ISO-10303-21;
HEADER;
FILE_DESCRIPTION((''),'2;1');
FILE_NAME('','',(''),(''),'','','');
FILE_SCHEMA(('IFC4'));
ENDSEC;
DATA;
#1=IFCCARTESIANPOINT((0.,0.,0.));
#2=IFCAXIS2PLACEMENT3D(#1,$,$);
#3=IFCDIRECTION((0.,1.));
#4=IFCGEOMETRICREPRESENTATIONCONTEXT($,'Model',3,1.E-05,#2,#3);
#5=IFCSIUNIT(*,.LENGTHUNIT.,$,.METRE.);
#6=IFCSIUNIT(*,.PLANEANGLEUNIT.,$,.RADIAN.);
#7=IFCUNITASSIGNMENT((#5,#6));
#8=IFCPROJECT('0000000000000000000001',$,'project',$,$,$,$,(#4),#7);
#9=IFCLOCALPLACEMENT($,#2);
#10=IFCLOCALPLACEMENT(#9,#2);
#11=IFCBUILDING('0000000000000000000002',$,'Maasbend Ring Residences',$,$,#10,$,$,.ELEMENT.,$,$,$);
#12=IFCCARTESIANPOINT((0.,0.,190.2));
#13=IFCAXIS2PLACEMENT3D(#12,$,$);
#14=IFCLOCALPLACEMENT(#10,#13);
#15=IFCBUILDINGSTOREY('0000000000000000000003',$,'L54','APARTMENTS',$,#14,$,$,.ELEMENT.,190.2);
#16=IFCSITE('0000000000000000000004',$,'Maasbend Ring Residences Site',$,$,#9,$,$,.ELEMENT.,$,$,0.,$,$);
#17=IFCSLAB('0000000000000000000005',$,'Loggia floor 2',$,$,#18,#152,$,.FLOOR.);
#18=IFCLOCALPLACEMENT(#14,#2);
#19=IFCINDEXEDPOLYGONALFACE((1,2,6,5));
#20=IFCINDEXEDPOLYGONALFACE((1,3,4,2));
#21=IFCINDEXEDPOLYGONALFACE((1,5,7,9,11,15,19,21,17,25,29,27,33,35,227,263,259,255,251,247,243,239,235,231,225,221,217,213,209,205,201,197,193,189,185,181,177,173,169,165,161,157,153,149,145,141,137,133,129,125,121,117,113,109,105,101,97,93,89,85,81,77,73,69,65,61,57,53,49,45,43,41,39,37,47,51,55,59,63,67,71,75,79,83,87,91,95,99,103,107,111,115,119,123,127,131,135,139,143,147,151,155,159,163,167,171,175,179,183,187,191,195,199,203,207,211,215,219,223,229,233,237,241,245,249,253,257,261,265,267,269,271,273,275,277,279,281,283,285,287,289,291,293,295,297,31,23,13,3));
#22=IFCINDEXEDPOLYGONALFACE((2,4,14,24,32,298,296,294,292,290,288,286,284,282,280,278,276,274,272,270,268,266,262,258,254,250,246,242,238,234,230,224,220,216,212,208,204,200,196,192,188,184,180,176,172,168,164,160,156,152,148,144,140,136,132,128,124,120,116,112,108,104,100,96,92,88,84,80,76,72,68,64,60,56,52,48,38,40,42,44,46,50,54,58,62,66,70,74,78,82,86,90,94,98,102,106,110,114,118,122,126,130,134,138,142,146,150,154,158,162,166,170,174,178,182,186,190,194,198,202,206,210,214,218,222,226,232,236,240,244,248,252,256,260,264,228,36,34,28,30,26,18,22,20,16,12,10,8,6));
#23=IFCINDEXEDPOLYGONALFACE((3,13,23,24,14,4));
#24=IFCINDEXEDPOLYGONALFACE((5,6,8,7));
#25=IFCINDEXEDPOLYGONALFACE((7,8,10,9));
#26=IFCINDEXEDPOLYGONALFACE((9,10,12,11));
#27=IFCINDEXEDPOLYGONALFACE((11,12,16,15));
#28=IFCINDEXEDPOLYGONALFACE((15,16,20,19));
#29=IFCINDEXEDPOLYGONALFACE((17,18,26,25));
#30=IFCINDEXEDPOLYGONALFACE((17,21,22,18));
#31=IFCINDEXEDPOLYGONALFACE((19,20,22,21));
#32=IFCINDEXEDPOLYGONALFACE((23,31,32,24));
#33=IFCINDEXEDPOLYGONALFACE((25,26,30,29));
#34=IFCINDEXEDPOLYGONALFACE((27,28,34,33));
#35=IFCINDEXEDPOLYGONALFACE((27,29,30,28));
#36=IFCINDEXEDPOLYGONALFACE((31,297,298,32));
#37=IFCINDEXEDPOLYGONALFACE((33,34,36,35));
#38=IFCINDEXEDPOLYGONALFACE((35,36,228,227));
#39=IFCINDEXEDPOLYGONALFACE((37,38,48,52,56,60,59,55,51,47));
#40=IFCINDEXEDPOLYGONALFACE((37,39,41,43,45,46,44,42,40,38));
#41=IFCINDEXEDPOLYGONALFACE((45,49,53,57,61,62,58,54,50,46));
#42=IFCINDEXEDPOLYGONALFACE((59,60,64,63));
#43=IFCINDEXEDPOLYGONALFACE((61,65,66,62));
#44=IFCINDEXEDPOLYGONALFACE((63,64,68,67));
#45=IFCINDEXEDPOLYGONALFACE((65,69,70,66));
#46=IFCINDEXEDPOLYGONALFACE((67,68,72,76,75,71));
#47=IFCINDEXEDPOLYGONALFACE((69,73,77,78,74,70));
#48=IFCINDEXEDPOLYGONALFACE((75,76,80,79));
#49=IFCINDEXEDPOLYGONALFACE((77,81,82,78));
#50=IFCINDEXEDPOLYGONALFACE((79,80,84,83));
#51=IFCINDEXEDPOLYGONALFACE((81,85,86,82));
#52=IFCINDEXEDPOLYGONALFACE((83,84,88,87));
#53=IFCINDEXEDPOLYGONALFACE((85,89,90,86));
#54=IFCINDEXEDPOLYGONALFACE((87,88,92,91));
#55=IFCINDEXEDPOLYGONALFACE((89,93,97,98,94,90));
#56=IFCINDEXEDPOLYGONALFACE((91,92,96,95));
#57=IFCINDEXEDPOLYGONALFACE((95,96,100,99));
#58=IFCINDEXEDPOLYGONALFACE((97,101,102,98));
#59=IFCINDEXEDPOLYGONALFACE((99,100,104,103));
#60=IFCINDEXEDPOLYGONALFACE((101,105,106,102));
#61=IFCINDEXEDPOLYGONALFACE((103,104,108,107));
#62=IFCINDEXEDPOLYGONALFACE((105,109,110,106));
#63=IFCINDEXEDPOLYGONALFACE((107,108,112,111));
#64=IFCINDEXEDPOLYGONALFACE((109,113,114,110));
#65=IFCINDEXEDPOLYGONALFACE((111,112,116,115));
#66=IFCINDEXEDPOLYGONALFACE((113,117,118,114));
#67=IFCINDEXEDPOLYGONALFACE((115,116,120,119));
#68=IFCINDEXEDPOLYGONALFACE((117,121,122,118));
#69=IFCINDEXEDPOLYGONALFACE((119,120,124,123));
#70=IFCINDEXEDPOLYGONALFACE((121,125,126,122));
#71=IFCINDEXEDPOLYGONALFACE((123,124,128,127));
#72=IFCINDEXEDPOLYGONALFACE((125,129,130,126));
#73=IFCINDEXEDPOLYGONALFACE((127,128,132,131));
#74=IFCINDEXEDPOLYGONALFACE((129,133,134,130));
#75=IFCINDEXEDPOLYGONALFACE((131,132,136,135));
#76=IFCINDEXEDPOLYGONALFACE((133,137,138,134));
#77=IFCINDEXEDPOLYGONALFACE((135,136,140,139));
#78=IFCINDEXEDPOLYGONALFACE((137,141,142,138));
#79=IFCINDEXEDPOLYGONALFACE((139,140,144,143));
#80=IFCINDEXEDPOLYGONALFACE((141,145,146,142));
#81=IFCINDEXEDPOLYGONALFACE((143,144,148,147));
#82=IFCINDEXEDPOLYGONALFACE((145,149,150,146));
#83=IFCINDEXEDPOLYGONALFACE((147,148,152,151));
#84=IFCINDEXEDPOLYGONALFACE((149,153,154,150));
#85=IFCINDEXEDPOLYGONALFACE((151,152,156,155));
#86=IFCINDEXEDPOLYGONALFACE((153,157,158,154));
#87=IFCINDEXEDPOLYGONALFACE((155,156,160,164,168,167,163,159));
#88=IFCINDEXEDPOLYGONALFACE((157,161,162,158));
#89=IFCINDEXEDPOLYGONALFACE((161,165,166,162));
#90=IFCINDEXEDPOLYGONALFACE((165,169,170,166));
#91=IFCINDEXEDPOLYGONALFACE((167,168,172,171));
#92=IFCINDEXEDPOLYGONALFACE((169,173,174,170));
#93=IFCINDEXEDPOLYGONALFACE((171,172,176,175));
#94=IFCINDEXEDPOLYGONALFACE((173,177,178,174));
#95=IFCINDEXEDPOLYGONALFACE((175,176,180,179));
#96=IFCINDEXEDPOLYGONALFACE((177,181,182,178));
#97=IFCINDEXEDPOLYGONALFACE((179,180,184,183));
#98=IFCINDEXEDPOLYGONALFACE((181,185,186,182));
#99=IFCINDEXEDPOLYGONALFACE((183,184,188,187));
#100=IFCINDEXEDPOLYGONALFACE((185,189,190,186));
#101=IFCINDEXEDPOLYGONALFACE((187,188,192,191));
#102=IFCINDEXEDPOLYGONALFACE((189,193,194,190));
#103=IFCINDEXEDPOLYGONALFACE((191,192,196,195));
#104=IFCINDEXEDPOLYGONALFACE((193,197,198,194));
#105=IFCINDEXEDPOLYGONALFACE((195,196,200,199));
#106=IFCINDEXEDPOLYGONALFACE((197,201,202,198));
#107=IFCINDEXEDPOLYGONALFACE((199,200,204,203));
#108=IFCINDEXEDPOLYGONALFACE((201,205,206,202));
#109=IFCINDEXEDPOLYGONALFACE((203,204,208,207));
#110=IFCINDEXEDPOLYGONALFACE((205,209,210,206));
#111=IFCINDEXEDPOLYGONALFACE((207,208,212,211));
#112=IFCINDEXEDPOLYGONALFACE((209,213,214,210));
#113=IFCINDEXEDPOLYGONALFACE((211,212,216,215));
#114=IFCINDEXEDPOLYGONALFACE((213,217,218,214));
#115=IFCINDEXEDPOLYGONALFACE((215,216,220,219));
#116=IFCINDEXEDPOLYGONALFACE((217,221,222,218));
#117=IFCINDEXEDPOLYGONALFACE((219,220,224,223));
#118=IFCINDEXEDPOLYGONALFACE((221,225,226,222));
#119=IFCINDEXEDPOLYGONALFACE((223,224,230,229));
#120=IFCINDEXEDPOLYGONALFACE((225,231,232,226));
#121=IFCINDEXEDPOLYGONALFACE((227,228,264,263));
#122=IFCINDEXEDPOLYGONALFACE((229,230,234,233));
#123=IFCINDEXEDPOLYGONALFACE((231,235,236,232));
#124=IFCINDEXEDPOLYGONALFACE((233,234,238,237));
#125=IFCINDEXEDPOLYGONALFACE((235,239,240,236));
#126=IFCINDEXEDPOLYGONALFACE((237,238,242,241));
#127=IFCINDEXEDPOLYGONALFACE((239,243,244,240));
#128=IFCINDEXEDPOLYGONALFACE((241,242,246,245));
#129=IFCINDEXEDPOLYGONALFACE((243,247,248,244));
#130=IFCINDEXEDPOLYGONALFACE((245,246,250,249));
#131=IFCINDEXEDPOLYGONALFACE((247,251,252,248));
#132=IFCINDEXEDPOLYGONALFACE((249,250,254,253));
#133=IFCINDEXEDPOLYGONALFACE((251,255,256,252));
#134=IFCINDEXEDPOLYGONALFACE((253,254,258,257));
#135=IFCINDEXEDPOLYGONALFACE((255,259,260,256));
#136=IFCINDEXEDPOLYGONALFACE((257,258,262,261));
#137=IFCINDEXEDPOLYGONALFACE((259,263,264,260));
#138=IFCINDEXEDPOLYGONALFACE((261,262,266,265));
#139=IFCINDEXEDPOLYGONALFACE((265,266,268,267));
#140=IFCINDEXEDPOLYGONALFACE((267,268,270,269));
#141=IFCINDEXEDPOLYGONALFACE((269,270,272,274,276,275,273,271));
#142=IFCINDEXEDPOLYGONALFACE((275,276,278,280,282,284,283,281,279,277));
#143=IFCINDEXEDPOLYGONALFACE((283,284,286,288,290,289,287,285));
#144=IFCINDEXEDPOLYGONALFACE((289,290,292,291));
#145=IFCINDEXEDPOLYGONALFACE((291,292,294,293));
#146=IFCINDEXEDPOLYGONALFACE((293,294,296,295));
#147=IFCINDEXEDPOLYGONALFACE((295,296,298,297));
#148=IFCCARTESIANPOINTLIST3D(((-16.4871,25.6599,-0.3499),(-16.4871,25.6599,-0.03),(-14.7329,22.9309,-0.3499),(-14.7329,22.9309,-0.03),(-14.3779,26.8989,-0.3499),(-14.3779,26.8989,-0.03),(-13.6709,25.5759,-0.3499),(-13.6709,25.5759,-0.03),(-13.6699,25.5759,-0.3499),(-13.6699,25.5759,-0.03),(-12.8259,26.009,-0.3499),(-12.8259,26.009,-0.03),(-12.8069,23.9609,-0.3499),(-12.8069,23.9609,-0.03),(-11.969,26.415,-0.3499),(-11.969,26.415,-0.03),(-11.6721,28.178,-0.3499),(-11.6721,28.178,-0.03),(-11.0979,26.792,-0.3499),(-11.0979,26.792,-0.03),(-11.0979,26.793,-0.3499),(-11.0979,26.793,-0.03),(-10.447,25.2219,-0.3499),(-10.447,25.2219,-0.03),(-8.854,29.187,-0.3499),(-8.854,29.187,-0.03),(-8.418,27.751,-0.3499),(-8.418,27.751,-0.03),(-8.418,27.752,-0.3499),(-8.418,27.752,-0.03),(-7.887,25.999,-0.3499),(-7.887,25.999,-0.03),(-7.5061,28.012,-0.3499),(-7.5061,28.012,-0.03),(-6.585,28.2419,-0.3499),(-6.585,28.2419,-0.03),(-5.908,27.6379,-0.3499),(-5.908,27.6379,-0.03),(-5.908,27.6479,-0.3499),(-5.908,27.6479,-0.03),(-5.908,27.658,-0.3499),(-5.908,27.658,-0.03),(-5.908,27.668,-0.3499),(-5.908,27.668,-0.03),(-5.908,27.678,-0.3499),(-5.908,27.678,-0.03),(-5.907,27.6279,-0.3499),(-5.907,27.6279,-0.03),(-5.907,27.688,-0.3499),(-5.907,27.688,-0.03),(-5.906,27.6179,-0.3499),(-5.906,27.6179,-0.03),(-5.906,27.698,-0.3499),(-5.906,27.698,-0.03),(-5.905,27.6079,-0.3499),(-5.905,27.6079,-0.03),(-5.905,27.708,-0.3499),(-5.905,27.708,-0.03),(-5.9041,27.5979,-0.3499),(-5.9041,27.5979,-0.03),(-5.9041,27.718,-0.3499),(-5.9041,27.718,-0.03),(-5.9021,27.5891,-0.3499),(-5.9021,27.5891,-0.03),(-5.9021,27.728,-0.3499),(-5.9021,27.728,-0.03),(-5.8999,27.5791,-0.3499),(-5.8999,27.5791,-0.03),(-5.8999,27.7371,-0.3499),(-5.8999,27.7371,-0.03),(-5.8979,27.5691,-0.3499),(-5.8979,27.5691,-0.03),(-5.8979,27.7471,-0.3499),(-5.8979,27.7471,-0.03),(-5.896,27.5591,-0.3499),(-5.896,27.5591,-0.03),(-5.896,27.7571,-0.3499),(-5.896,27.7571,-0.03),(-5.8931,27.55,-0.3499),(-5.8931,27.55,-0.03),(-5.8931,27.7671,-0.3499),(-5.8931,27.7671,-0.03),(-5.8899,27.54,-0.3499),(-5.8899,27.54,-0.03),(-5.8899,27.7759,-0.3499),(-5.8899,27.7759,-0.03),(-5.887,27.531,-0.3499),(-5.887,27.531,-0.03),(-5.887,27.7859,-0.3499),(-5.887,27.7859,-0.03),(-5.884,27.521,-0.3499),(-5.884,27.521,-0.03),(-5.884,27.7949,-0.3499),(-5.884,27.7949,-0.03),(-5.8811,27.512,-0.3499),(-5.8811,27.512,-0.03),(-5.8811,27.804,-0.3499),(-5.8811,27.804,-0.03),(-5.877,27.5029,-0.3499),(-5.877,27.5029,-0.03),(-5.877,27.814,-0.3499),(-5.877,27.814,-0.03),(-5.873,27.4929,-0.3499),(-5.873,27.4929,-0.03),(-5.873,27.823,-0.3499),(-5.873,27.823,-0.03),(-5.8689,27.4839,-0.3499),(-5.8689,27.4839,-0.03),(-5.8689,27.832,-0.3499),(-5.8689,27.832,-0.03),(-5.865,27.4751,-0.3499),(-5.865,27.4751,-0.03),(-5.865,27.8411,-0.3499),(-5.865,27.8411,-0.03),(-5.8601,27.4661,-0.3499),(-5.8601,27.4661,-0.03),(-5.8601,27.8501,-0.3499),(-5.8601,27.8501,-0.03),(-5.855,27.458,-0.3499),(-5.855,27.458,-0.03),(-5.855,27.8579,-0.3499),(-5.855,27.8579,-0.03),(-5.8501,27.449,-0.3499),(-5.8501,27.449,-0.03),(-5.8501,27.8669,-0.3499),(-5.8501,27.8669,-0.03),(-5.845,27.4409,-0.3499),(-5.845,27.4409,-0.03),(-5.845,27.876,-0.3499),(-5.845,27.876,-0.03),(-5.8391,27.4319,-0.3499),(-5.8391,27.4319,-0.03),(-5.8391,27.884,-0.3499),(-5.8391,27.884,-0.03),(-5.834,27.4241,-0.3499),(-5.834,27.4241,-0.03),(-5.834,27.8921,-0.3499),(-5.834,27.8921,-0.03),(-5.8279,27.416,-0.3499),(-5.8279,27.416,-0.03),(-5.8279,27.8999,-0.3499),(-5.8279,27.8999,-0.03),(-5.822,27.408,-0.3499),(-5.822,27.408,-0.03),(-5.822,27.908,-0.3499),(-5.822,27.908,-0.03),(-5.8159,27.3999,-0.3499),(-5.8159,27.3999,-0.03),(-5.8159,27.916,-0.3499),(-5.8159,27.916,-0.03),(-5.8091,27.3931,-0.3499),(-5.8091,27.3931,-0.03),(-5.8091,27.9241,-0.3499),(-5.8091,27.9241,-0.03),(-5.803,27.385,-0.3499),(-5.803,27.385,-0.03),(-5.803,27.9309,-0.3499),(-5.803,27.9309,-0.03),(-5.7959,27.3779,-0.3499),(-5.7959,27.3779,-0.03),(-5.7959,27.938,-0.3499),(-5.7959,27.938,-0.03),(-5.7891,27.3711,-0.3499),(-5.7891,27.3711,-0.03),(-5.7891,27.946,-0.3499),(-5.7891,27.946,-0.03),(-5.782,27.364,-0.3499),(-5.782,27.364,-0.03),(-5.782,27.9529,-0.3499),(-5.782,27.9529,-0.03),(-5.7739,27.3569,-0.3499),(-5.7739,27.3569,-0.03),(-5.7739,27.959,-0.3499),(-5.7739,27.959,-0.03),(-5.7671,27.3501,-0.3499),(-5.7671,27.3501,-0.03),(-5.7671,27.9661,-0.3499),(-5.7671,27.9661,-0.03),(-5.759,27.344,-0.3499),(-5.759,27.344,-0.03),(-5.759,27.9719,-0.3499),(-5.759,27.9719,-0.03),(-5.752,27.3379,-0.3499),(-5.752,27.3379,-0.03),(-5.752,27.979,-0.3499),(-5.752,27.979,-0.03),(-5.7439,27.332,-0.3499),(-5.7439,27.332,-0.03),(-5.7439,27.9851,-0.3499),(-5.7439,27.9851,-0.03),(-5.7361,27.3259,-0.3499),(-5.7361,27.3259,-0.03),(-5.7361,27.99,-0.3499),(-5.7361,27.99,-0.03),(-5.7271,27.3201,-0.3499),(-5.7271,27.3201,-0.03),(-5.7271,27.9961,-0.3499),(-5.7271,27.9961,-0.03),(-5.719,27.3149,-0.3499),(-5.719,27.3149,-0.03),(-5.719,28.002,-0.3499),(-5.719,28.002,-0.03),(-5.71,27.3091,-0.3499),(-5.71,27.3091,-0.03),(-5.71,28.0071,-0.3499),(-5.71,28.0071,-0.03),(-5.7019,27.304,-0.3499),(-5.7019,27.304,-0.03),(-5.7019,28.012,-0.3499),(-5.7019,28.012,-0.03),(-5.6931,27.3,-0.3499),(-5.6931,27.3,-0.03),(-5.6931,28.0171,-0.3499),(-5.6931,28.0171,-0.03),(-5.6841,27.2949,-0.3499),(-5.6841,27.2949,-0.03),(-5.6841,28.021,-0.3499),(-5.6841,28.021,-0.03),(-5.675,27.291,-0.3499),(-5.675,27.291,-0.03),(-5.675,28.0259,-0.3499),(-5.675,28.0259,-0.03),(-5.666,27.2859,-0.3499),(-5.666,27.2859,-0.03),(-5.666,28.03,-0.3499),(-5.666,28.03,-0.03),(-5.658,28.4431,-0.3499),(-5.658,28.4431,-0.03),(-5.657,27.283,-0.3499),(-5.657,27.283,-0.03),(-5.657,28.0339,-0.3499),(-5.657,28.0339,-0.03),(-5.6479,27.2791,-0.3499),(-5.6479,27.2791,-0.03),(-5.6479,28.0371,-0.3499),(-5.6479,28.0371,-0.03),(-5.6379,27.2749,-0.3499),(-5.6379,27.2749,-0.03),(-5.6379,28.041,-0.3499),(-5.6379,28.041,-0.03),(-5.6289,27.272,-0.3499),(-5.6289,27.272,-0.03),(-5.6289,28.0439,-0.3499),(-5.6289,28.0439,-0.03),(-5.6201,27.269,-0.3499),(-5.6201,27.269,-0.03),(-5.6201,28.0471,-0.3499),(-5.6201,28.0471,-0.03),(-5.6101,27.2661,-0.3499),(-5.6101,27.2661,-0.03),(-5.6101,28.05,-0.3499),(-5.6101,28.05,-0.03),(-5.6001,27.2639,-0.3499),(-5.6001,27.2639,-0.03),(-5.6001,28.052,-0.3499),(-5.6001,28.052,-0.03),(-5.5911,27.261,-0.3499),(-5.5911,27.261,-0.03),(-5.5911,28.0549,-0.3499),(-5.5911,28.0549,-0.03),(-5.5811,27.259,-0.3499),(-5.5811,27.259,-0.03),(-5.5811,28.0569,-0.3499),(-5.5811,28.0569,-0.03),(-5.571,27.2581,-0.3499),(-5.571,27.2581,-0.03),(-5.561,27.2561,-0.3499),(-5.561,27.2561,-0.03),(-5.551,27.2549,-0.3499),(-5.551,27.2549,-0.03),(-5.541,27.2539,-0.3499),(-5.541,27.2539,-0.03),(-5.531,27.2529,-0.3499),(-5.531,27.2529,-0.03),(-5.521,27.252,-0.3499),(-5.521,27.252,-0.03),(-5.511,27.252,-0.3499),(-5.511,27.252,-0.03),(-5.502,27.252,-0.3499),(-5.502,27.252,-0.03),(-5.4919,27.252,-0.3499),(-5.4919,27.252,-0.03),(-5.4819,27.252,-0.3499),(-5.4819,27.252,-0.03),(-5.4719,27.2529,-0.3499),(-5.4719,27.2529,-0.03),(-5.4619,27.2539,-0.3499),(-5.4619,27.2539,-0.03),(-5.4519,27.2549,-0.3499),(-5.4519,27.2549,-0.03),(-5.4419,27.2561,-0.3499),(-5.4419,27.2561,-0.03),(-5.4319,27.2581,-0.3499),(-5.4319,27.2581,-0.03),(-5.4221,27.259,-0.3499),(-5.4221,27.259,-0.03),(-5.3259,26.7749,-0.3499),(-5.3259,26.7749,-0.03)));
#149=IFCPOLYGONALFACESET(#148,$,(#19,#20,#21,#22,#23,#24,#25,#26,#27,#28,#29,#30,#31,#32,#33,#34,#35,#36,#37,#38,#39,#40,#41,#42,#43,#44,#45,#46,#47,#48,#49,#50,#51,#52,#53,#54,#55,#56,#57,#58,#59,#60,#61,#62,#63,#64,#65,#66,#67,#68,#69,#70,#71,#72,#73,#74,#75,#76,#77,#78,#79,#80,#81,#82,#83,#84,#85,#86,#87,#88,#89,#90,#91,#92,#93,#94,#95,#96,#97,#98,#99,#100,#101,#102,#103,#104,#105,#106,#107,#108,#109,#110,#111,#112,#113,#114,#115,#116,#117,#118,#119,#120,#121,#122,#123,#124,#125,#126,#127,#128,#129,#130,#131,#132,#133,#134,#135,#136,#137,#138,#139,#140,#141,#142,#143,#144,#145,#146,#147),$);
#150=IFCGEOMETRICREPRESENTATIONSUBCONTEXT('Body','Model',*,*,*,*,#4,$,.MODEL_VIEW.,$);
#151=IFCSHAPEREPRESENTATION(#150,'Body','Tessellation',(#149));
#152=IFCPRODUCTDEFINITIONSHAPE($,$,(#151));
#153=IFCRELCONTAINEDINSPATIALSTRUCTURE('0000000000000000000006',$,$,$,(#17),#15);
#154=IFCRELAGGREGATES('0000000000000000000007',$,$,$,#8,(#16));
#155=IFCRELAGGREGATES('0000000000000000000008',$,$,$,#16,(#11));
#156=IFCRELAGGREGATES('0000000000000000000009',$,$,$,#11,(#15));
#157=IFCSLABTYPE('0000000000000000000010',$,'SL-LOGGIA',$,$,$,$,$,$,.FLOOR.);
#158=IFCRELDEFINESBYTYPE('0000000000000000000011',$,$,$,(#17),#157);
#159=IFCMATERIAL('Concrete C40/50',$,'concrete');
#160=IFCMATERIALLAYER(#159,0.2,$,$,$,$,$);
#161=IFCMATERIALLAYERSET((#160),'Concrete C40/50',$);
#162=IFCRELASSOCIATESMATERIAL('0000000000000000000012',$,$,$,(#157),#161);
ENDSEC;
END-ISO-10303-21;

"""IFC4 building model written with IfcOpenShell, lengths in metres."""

from ifc_helpers import new_model, si_unit, direction, frame, origin, place, context, subcontext, project, spatial, polyline, outline, extrude, material, layer, layer_set, type_object, element, save


model = new_model("IFC4")

# Units and contexts
model_context = context("Model", 3, precision=1e-05, world=origin(), true_north=direction((0.0, 1.0)))
body_context = subcontext(model_context, "Body", "Model", "MODEL_VIEW")
ifc_project = project(units=[si_unit("LENGTHUNIT", "METRE"), si_unit("PLANEANGLEUNIT", "RADIAN")], contexts=[model_context])

# Site, building, storey
site_placement = place(None, origin())
site = spatial("IfcSite", under=ifc_project, at=site_placement, Name="Maasbend Ring Residences Site", CompositionType="ELEMENT", RefElevation=0.0)
building_placement = place(site_placement, origin())
building = spatial("IfcBuilding", under=site, at=building_placement, Name="Maasbend Ring Residences", CompositionType="ELEMENT")
storey_placement = place(building_placement, frame((0.0, 0.0, 190.2)))
storey = spatial("IfcBuildingStorey", under=building, at=storey_placement, Name="L54", Description="APARTMENTS", CompositionType="ELEMENT", Elevation=190.2)

# Slab
ifc_material_1 = material(Name="Concrete C40/50", Category="concrete")
ifc_layer_1 = layer(ifc_material_1, 0.2)
ifc_layer_set_1 = layer_set([ifc_layer_1], Name="Concrete C40/50")
slab_type_1 = type_object("IfcSlabType", Name="SL-LOGGIA", PredefinedType="FLOOR", material=ifc_layer_set_1)
slab_1_placement = place(storey_placement, frame((0.0, 0.0, -0.3499)))
element("IfcSlab", 1, at=slab_1_placement, inside=storey, type_object=slab_type_1, Name="Loggia floor 2", PredefinedType="FLOOR", context=body_context, shape_type="SweptSolid", body=[
    extrude(outline(polyline([(-13.6709, 25.5759), (-13.6709, 25.5759), (-13.6709, 25.5759), (-13.6709, 25.5759), (-13.6709, 25.5759), (-13.6709, 25.5759), (-13.6709, 25.5759), (-13.6699, 25.5759), (-13.6699, 25.5759), (-13.6699, 25.5759), (-13.6699, 25.5759), (-13.6699, 25.5759), (-13.6699, 25.5759), (-13.6699, 25.5759), (-13.6699, 25.5759), (-13.6699, 25.5759), (-13.6699, 25.5759), (-12.8259, 26.009), (-12.8259, 26.009), (-11.969, 26.415), (-11.969, 26.415), (-11.0979, 26.792), (-11.0979, 26.792), (-11.0979, 26.792), (-11.0979, 26.792), (-11.0979, 26.792), (-11.0979, 26.792), (-11.0979, 26.792), (-11.0979, 26.793), (-11.0979, 26.793), (-11.0979, 26.793), (-11.0979, 26.793), (-11.0979, 26.793), (-11.0979, 26.793), (-11.0979, 26.793), (-11.0979, 26.793), (-11.0979, 26.793), (-11.0979, 26.793), (-11.6721, 28.178), (-11.6721, 28.178), (-11.6721, 28.178), (-8.854, 29.187), (-8.854, 29.187), (-8.854, 29.187), (-8.418, 27.752), (-8.418, 27.752), (-8.418, 27.752), (-8.418, 27.752), (-8.418, 27.752), (-8.418, 27.752), (-8.418, 27.752), (-8.418, 27.751), (-8.418, 27.751), (-8.418, 27.751), (-8.418, 27.751), (-8.418, 27.751), (-8.418, 27.751), (-8.418, 27.751), (-8.418, 27.751), (-8.418, 27.751), (-8.418, 27.751), (-7.5061, 28.012), (-7.5061, 28.012), (-6.585, 28.2419), (-6.585, 28.2419), (-5.658, 28.4431), (-5.658, 28.4431), (-5.658, 28.4431), (-5.5811, 28.0569), (-5.5911, 28.0549), (-5.6001, 28.052), (-5.6101, 28.05), (-5.6201, 28.0471), (-5.6289, 28.0439), (-5.6379, 28.041), (-5.6479, 28.0371), (-5.657, 28.0339), (-5.666, 28.03), (-5.675, 28.0259), (-5.6841, 28.021), (-5.6931, 28.0171), (-5.7019, 28.012), (-5.71, 28.0071), (-5.719, 28.002), (-5.7271, 27.9961), (-5.7361, 27.99), (-5.7439, 27.9851), (-5.752, 27.979), (-5.759, 27.9719), (-5.7671, 27.9661), (-5.7739, 27.959), (-5.782, 27.9529), (-5.7891, 27.946), (-5.7959, 27.938), (-5.803, 27.9309), (-5.8091, 27.9241), (-5.8159, 27.916), (-5.822, 27.908), (-5.8279, 27.8999), (-5.834, 27.8921), (-5.8391, 27.884), (-5.845, 27.876), (-5.8501, 27.8669), (-5.855, 27.8579), (-5.8601, 27.8501), (-5.865, 27.8411), (-5.8689, 27.832), (-5.873, 27.823), (-5.877, 27.814), (-5.8811, 27.804), (-5.884, 27.7949), (-5.887, 27.7859), (-5.8899, 27.7759), (-5.8931, 27.7671), (-5.896, 27.7571), (-5.8979, 27.7471), (-5.8999, 27.7371), (-5.9021, 27.728), (-5.9041, 27.718), (-5.905, 27.708), (-5.906, 27.698), (-5.907, 27.688), (-5.908, 27.678), (-5.908, 27.668), (-5.908, 27.658), (-5.908, 27.6479), (-5.908, 27.6379), (-5.907, 27.6279), (-5.906, 27.6179), (-5.905, 27.6079), (-5.9041, 27.5979), (-5.9021, 27.5891), (-5.8999, 27.5791), (-5.8979, 27.5691), (-5.896, 27.5591), (-5.8931, 27.55), (-5.8899, 27.54), (-5.887, 27.531), (-5.884, 27.521), (-5.8811, 27.512), (-5.877, 27.5029), (-5.873, 27.4929), (-5.8689, 27.4839), (-5.865, 27.4751), (-5.8601, 27.4661), (-5.855, 27.458), (-5.8501, 27.449), (-5.845, 27.4409), (-5.8391, 27.4319), (-5.834, 27.4241), (-5.8279, 27.416), (-5.822, 27.408), (-5.8159, 27.3999), (-5.8091, 27.3931), (-5.803, 27.385), (-5.7959, 27.3779), (-5.7891, 27.3711), (-5.782, 27.364), (-5.7739, 27.3569), (-5.7671, 27.3501), (-5.759, 27.344), (-5.752, 27.3379), (-5.7439, 27.332), (-5.7361, 27.3259), (-5.7271, 27.3201), (-5.719, 27.3149), (-5.71, 27.3091), (-5.7019, 27.304), (-5.6931, 27.3), (-5.6841, 27.2949), (-5.675, 27.291), (-5.666, 27.2859), (-5.657, 27.283), (-5.6479, 27.2791), (-5.6379, 27.2749), (-5.6289, 27.272), (-5.6201, 27.269), (-5.6101, 27.2661), (-5.6001, 27.2639), (-5.5911, 27.261), (-5.5811, 27.259), (-5.571, 27.2581), (-5.561, 27.2561), (-5.551, 27.2549), (-5.541, 27.2539), (-5.531, 27.2529), (-5.521, 27.252), (-5.511, 27.252), (-5.502, 27.252), (-5.4919, 27.252), (-5.4819, 27.252), (-5.4719, 27.2529), (-5.4619, 27.2539), (-5.4519, 27.2549), (-5.4419, 27.2561), (-5.4319, 27.2581), (-5.4221, 27.259), (-5.3259, 26.7749), (-5.3259, 26.7749), (-5.3259, 26.7749), (-7.887, 25.999), (-10.447, 25.2219), (-10.447, 25.2219), (-10.447, 25.2219), (-12.8069, 23.9609), (-14.7329, 22.9309), (-14.7329, 22.9309), (-14.7329, 22.9309), (-16.4871, 25.6599), (-16.4871, 25.6599), (-16.4871, 25.6599), (-14.3779, 26.8989), (-14.3779, 26.8989), (-14.3779, 26.8989), (-13.6709, 25.5759)])), origin(), (0.0, 0.0, 1.0), 0.3198),
])

save(model, "model.ifc")
